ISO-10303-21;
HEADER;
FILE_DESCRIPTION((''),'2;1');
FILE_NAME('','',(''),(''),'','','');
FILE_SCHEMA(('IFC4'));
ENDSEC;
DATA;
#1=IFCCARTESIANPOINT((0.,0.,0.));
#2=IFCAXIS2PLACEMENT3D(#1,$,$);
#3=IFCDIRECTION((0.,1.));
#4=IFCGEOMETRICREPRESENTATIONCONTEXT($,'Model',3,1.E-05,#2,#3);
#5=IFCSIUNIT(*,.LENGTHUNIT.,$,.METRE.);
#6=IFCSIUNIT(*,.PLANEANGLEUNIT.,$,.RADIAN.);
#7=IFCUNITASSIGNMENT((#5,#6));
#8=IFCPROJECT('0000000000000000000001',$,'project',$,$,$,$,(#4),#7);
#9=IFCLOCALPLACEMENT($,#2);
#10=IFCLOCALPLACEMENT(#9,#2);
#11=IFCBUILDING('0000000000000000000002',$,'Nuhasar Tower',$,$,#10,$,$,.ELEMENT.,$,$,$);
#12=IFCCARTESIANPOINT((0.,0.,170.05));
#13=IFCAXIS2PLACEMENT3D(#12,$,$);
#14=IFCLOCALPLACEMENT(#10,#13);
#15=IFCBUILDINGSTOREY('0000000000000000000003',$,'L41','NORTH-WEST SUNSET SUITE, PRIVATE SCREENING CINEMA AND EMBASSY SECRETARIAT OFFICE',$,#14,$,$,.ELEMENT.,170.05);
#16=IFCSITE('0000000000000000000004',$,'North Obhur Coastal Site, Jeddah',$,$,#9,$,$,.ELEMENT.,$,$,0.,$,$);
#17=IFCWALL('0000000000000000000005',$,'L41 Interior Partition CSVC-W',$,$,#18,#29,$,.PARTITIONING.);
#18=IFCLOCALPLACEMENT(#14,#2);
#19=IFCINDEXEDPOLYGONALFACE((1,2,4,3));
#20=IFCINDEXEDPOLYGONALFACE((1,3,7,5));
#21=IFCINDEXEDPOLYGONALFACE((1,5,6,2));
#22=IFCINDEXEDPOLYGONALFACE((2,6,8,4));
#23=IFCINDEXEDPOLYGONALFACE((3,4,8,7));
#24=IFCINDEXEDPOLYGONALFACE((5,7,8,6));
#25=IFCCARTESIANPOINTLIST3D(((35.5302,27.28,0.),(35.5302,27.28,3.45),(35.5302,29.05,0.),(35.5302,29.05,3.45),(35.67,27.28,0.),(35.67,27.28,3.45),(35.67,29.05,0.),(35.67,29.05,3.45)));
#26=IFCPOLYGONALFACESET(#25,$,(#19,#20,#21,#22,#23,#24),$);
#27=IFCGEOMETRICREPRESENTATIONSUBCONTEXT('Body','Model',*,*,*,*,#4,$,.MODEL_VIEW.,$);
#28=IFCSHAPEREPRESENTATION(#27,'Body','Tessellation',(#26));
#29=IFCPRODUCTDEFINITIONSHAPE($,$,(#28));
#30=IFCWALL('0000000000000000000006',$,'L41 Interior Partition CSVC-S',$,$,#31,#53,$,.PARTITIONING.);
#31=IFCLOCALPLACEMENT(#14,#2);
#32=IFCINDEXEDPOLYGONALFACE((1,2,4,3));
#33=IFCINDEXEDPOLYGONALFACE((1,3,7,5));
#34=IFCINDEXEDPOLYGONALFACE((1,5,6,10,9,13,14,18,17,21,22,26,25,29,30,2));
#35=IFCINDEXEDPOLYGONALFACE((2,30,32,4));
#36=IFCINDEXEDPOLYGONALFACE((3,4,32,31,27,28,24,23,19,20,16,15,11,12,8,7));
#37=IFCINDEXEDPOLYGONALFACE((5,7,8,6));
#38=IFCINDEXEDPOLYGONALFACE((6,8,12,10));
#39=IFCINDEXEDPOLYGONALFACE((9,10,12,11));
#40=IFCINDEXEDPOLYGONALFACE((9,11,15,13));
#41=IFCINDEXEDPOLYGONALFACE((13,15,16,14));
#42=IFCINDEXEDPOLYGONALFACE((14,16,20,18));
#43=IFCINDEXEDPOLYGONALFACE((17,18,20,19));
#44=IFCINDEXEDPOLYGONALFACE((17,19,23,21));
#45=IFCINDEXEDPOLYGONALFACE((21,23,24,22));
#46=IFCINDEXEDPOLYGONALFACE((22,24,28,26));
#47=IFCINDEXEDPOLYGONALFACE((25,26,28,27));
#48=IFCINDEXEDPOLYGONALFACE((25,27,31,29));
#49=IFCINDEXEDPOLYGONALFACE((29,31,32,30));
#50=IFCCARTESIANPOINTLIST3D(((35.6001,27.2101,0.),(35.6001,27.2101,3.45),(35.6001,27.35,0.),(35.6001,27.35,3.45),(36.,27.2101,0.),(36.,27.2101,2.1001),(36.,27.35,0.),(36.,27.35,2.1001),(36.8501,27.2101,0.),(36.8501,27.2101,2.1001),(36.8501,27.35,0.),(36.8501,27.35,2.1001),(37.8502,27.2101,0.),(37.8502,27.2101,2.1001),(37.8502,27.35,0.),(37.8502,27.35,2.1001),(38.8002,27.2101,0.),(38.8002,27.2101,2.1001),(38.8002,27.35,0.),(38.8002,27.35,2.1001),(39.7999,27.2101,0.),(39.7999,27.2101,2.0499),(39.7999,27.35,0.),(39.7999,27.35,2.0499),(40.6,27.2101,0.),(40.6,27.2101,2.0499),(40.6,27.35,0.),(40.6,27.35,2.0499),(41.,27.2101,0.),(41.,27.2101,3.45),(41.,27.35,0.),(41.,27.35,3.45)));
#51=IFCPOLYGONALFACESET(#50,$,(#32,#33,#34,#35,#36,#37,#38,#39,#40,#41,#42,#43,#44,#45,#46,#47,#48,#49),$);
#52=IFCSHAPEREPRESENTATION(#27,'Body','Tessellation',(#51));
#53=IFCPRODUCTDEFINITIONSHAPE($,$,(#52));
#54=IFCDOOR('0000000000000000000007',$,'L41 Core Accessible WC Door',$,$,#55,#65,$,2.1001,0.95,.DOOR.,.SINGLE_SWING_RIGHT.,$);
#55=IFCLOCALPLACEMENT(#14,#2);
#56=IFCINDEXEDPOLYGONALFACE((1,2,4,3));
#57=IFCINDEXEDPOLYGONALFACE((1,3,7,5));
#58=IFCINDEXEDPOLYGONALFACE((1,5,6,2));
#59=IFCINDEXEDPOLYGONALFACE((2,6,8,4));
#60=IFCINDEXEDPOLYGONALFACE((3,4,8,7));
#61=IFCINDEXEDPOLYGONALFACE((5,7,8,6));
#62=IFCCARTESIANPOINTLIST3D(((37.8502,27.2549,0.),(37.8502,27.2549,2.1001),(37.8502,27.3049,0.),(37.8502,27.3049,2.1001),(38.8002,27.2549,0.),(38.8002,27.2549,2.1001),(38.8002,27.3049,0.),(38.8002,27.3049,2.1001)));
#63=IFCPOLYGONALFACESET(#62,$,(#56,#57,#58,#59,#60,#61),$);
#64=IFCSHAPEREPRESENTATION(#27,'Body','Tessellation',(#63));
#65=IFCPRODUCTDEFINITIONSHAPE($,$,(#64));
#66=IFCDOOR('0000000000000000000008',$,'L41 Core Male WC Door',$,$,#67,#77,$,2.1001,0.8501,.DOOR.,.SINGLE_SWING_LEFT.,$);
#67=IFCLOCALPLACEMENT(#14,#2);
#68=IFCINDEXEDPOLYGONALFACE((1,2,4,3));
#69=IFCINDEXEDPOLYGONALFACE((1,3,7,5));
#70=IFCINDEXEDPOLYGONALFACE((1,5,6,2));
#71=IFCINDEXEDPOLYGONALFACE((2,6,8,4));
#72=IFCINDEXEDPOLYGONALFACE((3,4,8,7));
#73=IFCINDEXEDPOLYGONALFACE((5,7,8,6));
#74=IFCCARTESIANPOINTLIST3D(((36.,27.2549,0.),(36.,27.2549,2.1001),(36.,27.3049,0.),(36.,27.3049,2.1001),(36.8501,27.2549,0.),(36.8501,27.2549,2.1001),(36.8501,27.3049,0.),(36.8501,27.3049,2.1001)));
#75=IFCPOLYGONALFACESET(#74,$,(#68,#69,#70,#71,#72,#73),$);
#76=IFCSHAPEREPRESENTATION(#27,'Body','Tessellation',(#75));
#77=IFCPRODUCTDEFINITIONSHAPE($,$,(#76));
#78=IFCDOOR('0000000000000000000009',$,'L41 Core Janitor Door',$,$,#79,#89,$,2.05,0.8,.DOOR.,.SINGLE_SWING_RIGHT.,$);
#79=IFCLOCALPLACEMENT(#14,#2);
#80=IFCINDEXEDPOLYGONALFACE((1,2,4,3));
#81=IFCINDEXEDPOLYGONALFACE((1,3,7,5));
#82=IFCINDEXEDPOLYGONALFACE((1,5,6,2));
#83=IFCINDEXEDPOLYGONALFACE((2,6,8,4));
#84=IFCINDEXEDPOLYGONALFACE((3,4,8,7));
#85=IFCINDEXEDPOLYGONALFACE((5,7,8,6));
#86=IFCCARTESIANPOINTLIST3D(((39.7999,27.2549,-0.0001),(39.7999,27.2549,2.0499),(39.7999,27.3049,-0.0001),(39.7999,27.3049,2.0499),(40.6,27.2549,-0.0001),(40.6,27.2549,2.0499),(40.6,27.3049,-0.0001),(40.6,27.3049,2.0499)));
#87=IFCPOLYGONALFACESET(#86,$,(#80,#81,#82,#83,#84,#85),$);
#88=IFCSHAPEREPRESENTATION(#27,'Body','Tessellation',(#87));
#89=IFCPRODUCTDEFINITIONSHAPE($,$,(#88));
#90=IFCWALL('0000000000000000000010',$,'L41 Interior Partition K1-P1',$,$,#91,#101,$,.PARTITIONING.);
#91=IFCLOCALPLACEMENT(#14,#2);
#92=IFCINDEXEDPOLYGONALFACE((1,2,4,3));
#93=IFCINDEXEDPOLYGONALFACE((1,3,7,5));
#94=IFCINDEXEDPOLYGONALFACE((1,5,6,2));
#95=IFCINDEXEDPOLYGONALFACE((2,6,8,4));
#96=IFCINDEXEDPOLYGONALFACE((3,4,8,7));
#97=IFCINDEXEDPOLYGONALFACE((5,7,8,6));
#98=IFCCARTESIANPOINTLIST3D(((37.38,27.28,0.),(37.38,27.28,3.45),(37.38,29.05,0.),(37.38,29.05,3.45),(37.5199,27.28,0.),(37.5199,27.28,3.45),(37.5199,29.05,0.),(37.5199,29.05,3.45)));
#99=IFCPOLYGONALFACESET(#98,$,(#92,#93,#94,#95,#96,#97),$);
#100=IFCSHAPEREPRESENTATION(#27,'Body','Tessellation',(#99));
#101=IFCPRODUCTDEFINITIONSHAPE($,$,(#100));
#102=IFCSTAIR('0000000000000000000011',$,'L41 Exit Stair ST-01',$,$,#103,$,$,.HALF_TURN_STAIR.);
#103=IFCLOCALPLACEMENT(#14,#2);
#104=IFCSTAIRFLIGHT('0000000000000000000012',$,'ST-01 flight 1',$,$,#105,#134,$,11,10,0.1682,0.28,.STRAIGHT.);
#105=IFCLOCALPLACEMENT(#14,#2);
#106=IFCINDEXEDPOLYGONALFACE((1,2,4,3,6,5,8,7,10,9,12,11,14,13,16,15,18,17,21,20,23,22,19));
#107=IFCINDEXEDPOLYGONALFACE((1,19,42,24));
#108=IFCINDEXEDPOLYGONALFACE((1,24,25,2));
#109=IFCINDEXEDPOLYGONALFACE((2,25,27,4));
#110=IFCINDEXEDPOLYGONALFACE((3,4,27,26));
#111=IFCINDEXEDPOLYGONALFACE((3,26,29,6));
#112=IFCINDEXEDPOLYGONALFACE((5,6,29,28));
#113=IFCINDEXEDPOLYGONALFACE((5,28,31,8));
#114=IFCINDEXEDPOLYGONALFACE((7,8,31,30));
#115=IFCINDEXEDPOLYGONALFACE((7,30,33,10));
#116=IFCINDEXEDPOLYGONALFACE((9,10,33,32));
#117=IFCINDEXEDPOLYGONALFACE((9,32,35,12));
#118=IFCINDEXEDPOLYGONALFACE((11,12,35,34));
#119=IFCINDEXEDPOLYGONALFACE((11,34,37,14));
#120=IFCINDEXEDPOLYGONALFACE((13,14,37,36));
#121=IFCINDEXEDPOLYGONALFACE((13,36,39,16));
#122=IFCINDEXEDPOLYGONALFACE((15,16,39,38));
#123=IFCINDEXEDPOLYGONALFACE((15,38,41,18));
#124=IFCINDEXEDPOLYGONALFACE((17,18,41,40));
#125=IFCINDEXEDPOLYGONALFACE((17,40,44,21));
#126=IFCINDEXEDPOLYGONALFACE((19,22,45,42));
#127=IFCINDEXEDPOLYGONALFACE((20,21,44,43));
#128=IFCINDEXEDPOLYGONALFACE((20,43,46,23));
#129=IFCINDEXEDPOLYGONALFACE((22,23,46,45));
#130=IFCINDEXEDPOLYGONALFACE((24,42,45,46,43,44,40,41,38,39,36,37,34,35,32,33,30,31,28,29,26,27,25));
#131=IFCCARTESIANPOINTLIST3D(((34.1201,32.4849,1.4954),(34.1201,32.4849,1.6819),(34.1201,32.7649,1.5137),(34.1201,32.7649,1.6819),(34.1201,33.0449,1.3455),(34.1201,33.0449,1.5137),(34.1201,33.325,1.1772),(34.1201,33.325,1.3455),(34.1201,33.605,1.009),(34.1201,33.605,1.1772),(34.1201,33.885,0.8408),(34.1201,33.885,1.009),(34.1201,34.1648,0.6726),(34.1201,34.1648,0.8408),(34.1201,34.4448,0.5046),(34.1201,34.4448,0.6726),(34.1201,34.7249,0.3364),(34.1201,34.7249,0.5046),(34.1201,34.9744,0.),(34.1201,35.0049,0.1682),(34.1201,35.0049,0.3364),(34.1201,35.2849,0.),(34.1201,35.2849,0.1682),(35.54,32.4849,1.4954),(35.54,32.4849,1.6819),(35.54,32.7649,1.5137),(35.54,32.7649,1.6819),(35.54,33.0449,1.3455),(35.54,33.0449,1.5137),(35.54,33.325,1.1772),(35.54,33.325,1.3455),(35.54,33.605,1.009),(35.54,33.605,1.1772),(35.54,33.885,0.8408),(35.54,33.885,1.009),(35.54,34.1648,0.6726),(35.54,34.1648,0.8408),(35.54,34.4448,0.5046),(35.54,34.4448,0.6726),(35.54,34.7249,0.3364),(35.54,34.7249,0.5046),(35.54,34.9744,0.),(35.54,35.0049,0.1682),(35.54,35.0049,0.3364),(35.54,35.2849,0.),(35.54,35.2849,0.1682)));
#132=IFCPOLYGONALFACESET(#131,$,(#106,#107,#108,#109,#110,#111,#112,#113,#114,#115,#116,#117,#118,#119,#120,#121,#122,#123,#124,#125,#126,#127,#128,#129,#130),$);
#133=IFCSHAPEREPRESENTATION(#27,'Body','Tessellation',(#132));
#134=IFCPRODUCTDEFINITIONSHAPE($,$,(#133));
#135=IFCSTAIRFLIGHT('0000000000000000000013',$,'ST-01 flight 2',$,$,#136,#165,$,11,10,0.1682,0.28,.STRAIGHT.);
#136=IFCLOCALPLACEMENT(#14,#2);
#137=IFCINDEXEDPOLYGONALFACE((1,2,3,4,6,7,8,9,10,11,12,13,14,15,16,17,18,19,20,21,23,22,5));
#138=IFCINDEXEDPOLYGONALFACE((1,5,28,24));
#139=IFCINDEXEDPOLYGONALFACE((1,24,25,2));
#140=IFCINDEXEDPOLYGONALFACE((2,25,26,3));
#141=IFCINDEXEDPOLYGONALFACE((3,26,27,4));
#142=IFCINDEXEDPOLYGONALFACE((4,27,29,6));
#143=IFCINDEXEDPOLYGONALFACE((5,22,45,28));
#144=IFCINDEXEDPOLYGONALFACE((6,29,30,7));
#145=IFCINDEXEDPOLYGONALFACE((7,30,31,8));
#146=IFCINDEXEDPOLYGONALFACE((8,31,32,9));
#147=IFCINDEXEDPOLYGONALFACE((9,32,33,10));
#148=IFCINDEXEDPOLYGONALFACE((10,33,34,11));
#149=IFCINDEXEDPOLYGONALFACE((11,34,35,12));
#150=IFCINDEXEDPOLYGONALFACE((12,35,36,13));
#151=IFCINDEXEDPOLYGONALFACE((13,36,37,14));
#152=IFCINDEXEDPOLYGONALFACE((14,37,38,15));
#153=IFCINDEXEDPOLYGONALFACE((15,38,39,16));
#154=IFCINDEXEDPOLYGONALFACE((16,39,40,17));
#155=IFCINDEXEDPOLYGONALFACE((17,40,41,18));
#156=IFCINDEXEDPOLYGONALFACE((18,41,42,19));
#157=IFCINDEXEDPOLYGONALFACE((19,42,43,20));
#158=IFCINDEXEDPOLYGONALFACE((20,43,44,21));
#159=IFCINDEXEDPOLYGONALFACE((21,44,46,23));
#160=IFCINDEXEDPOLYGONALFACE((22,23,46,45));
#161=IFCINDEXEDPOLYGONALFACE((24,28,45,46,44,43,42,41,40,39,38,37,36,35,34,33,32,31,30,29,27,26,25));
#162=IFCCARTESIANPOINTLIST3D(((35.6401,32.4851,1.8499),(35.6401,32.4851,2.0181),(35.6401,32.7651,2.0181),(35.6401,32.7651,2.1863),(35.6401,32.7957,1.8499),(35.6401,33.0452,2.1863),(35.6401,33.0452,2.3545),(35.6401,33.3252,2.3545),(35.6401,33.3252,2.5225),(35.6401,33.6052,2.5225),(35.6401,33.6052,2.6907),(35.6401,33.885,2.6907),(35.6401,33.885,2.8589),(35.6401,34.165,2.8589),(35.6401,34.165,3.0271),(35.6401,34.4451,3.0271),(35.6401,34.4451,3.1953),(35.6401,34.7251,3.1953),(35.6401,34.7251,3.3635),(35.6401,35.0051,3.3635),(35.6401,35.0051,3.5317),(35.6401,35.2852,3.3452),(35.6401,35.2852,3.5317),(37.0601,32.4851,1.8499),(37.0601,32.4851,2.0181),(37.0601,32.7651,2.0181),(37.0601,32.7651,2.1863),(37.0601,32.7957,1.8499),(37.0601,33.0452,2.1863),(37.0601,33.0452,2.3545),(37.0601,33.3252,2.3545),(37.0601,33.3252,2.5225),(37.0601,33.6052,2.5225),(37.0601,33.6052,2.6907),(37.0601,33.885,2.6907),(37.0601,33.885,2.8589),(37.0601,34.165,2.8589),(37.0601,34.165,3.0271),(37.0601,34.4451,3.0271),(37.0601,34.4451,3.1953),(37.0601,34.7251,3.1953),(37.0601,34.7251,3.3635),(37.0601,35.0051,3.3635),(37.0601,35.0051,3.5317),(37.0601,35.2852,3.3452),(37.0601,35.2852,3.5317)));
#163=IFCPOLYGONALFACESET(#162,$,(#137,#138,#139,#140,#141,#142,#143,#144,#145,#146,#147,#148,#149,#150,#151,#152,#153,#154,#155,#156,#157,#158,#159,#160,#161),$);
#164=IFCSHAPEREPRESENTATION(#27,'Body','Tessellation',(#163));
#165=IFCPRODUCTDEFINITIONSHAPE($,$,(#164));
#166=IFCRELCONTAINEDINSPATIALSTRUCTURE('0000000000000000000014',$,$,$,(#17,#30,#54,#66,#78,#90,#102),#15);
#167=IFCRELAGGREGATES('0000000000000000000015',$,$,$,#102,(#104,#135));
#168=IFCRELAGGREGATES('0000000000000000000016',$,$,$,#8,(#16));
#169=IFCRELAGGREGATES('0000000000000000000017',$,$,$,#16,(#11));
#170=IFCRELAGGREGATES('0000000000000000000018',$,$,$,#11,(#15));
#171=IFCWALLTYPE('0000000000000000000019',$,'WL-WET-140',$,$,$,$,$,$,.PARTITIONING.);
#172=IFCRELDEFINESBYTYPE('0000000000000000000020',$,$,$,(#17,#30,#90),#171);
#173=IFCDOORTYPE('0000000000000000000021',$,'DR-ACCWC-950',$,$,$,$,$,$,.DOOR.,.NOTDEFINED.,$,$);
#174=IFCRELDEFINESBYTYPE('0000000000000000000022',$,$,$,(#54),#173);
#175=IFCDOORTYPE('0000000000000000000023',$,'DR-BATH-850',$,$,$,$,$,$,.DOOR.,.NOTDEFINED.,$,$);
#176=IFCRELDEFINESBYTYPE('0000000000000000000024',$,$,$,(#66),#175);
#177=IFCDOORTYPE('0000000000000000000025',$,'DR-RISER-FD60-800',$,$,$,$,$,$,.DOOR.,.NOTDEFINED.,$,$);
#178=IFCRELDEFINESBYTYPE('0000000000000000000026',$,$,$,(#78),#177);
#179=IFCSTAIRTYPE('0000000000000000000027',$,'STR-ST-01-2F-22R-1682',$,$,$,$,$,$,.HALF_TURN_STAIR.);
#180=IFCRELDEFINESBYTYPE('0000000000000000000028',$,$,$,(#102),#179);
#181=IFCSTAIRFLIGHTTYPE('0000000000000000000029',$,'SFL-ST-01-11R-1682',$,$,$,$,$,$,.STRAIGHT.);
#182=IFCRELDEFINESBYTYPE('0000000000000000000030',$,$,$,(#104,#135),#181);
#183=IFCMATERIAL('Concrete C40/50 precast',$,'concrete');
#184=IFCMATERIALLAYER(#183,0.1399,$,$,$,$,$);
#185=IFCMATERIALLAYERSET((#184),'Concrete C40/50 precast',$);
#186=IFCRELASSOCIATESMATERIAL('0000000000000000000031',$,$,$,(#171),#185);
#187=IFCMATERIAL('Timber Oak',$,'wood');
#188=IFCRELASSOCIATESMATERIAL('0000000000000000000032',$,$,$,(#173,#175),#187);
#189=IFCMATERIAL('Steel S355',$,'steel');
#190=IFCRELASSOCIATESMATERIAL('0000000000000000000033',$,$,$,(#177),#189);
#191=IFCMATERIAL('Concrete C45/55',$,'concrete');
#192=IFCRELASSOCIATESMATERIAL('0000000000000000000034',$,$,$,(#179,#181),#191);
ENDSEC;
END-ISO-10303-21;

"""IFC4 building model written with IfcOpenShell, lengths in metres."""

from ifc_helpers import new_model, si_unit, direction, frame, frame_2d, origin, place, context, subcontext, project, spatial, polyline, rectangle, outline, extrude, material, layer, layer_set, type_object, element, fill, aggregate, save


model = new_model("IFC4")

# Units and contexts
model_context = context("Model", 3, precision=1e-05, world=origin(), true_north=direction((0.0, 1.0)))
body_context = subcontext(model_context, "Body", "Model", "MODEL_VIEW")
ifc_project = project(units=[si_unit("LENGTHUNIT", "METRE"), si_unit("PLANEANGLEUNIT", "RADIAN")], contexts=[model_context])

# Site, building, storey
site_placement = place(None, origin())
site = spatial("IfcSite", under=ifc_project, at=site_placement, Name="North Obhur Coastal Site, Jeddah", CompositionType="ELEMENT", RefElevation=0.0)
building_placement = place(site_placement, origin())
building = spatial("IfcBuilding", under=site, at=building_placement, Name="Nuhasar Tower", CompositionType="ELEMENT")
storey_placement = place(building_placement, frame((0.0, 0.0, 170.05)))
storey = spatial("IfcBuildingStorey", under=building, at=storey_placement, Name="L41", Description="NORTH-WEST SUNSET SUITE, PRIVATE SCREENING CINEMA AND EMBASSY SECRETARIAT OFFICE", CompositionType="ELEMENT", Elevation=170.05)

# Shared definitions
ifc_material_1 = material(Name="Steel S355", Category="steel")

# Wall
ifc_material_2 = material(Name="Concrete C40/50 precast", Category="concrete")
ifc_layer_1 = layer(ifc_material_2, 0.1399)
ifc_layer_set_1 = layer_set([ifc_layer_1], Name="Concrete C40/50 precast")
wall_type_1 = type_object("IfcWallType", Name="WL-WET-140", PredefinedType="PARTITIONING", material=ifc_layer_set_1)
wall_1_placement = place(storey_placement, frame((35.6001, 27.28, 0.0), z_axis=(0.0, 0.0, 1.0), x_axis=(0.0, 1.0, 0.0)))
element("IfcWall", 1, at=wall_1_placement, inside=storey, type_object=wall_type_1, Name="L41 Interior Partition CSVC-W", PredefinedType="PARTITIONING", context=body_context, shape_type="SweptSolid", body=[
    extrude(rectangle(XDim=1.77, YDim=0.1399, at=frame_2d((0.885, 0.0))), origin(), (0.0, 0.0, 1.0), 3.45),
])

# Wall, openings, doors
wall_2_placement = place(storey_placement, frame((35.6001, 27.28, 0.0), z_axis=(0.0, 0.0, 1.0), x_axis=(1.0, 0.0, 0.0)))
wall_2 = element("IfcWall", 2, at=wall_2_placement, inside=storey, type_object=wall_type_1, Name="L41 Interior Partition CSVC-S", PredefinedType="PARTITIONING", context=body_context, shape_type="SweptSolid", body=[
    extrude(rectangle(XDim=5.3999, YDim=0.1399, at=frame_2d((2.7, 0.0))), origin(), (0.0, 0.0, 1.0), 3.45),
])
opening_1_placement = place(wall_2_placement, frame((0.3999, 0.0, 0.0)))
opening_1 = element("IfcOpeningElement", 3, at=opening_1_placement, cuts=wall_2, PredefinedType="OPENING", context=body_context, shape_type="SweptSolid", body=[
    extrude(rectangle(XDim=0.8501, YDim=2.1001, at=frame_2d((0.425, 1.05))), frame((0.0, 0.0801, 0.0), z_axis=(0.0, -1.0, 0.0), x_axis=(1.0, 0.0, 0.0)), (0.0, 0.0, 1.0), 0.1599),
])
opening_2_placement = place(wall_2_placement, frame((2.25, 0.0, 0.0)))
opening_2 = element("IfcOpeningElement", 4, at=opening_2_placement, cuts=wall_2, PredefinedType="OPENING", context=body_context, shape_type="SweptSolid", body=[
    extrude(rectangle(XDim=0.95, YDim=2.1001, at=frame_2d((0.4751, 1.05))), frame((0.0, 0.0801, 0.0), z_axis=(0.0, -1.0, 0.0), x_axis=(1.0, 0.0, 0.0)), (0.0, 0.0, 1.0), 0.1599),
])
opening_3_placement = place(wall_2_placement, frame((4.2, 0.0, 0.0)))
opening_3 = element("IfcOpeningElement", 5, at=opening_3_placement, cuts=wall_2, PredefinedType="OPENING", context=body_context, shape_type="SweptSolid", body=[
    extrude(rectangle(XDim=0.8, YDim=2.05, at=frame_2d((0.3999, 1.0249))), frame((0.0, 0.0801, 0.0), z_axis=(0.0, -1.0, 0.0), x_axis=(1.0, 0.0, 0.0)), (0.0, 0.0, 1.0), 0.1599),
])
ifc_material_3 = material(Name="Timber Oak", Category="wood")
door_type_1 = type_object("IfcDoorType", Name="DR-ACCWC-950", OperationType="NOTDEFINED", PredefinedType="DOOR", material=ifc_material_3)
door_1_placement = place(opening_2_placement, origin())
door_1 = element("IfcDoor", 6, at=door_1_placement, inside=storey, type_object=door_type_1, Name="L41 Core Accessible WC Door", OperationType="SINGLE_SWING_RIGHT", OverallHeight=2.1001, OverallWidth=0.95, PredefinedType="DOOR", context=body_context, shape_type="SweptSolid", body=[
    extrude(rectangle(XDim=0.95, YDim=2.1001, at=frame_2d((0.4751, 1.05))), frame((0.0, 0.0249, 0.0), z_axis=(0.0, -1.0, 0.0), x_axis=(1.0, 0.0, 0.0)), (0.0, 0.0, 1.0), 0.05),
])
fill(opening_2, door_1)
door_type_2 = type_object("IfcDoorType", Name="DR-BATH-850", OperationType="NOTDEFINED", PredefinedType="DOOR", material=ifc_material_3)
door_2_placement = place(opening_1_placement, origin())
door_2 = element("IfcDoor", 7, at=door_2_placement, inside=storey, type_object=door_type_2, Name="L41 Core Male WC Door", OperationType="SINGLE_SWING_LEFT", OverallHeight=2.1001, OverallWidth=0.8501, PredefinedType="DOOR", context=body_context, shape_type="SweptSolid", body=[
    extrude(rectangle(XDim=0.8501, YDim=2.1001, at=frame_2d((0.425, 1.05))), frame((0.0, 0.0249, 0.0), z_axis=(0.0, -1.0, 0.0), x_axis=(1.0, 0.0, 0.0)), (0.0, 0.0, 1.0), 0.05),
])
fill(opening_1, door_2)
door_type_3 = type_object("IfcDoorType", Name="DR-RISER-FD60-800", OperationType="NOTDEFINED", PredefinedType="DOOR", material=ifc_material_1)
door_3_placement = place(opening_3_placement, origin())
door_3 = element("IfcDoor", 8, at=door_3_placement, inside=storey, type_object=door_type_3, Name="L41 Core Janitor Door", OperationType="SINGLE_SWING_RIGHT", OverallHeight=2.05, OverallWidth=0.8, PredefinedType="DOOR", context=body_context, shape_type="SweptSolid", body=[
    extrude(rectangle(XDim=0.8, YDim=2.05, at=frame_2d((0.3999, 1.0249))), frame((0.0, 0.0249, 0.0), z_axis=(0.0, -1.0, 0.0), x_axis=(1.0, 0.0, 0.0)), (0.0, 0.0, 1.0), 0.05),
])
fill(opening_3, door_3)

# Wall
wall_3_placement = place(storey_placement, frame((37.45, 27.28, 0.0), z_axis=(0.0, 0.0, 1.0), x_axis=(0.0, 1.0, 0.0)))
element("IfcWall", 9, at=wall_3_placement, inside=storey, type_object=wall_type_1, Name="L41 Interior Partition K1-P1", PredefinedType="PARTITIONING", context=body_context, shape_type="SweptSolid", body=[
    extrude(rectangle(XDim=1.77, YDim=0.1399, at=frame_2d((0.885, 0.0))), origin(), (0.0, 0.0, 1.0), 3.45),
])

# Stair, stair flights
ifc_material_4 = material(Name="Concrete C45/55", Category="concrete")
stair_type_1 = type_object("IfcStairType", Name="STR-ST-01-2F-22R-1682", PredefinedType="HALF_TURN_STAIR", material=ifc_material_4)
stair_1_placement = place(storey_placement, origin())
stair_1 = element("IfcStair", 10, at=stair_1_placement, inside=storey, type_object=stair_type_1, Name="L41 Exit Stair ST-01", PredefinedType="HALF_TURN_STAIR")
stair_flight_type_1 = type_object("IfcStairFlightType", Name="SFL-ST-01-11R-1682", PredefinedType="STRAIGHT", material=ifc_material_4)
stair_flight_1_placement = place(storey_placement, frame((34.8301, 35.2849, 0.0), z_axis=(0.0, 0.0, 1.0), x_axis=(0.0, -1.0, 0.0)))
stair_flight_1 = element("IfcStairFlight", 11, at=stair_flight_1_placement, type_object=stair_flight_type_1, Name="ST-01 flight 1", NumberOfRisers=11, NumberOfTreads=10, PredefinedType="STRAIGHT", RiserHeight=0.1682, TreadLength=0.28, context=body_context, shape_type="SweptSolid", body=[
    extrude(outline(polyline([(0.0, 0.0), (0.0, 0.1682), (0.28, 0.1682), (0.28, 0.3364), (0.5601, 0.3364), (0.5601, 0.5046), (0.8401, 0.5046), (0.8401, 0.6726), (1.1201, 0.6726), (1.1201, 0.8408), (1.3999, 0.8408), (1.3999, 1.009), (1.6799, 1.009), (1.6799, 1.1772), (1.96, 1.1772), (1.96, 1.3455), (2.24, 1.3455), (2.24, 1.5137), (2.52, 1.5137), (2.52, 1.6819), (2.8, 1.6819), (2.8, 1.8501), (2.8, 1.4954), (0.3105, 0.0), (0.0, 0.0)])), frame((0.0, 0.71, 0.0), z_axis=(0.0, -1.0, 0.0), x_axis=(1.0, 0.0, 0.0)), (0.0, 0.0, 1.0), 1.4199),
])
stair_flight_2_placement = place(storey_placement, frame((36.3501, 32.4851, 1.8499), z_axis=(0.0, 0.0, 1.0), x_axis=(0.0, 1.0, 0.0)))
stair_flight_2 = element("IfcStairFlight", 12, at=stair_flight_2_placement, type_object=stair_flight_type_1, Name="ST-01 flight 2", NumberOfRisers=11, NumberOfTreads=10, PredefinedType="STRAIGHT", RiserHeight=0.1682, TreadLength=0.28, context=body_context, shape_type="SweptSolid", body=[
    extrude(outline(polyline([(0.0, 0.0), (0.0, 0.1682), (0.28, 0.1682), (0.28, 0.3364), (0.5601, 0.3364), (0.5601, 0.5046), (0.8401, 0.5046), (0.8401, 0.6726), (1.1201, 0.6726), (1.1201, 0.8408), (1.3999, 0.8408), (1.3999, 1.009), (1.6799, 1.009), (1.6799, 1.1772), (1.96, 1.1772), (1.96, 1.3455), (2.24, 1.3455), (2.24, 1.5137), (2.52, 1.5137), (2.52, 1.6819), (2.8, 1.6819), (2.8, 1.8501), (2.8, 1.4954), (0.3105, 0.0), (0.0, 0.0)])), frame((0.0, 0.71, 0.0), z_axis=(0.0, -1.0, 0.0), x_axis=(1.0, 0.0, 0.0)), (0.0, 0.0, 1.0), 1.4199),
])
aggregate(stair_1, [stair_flight_1, stair_flight_2])

save(model, "model.ifc")
